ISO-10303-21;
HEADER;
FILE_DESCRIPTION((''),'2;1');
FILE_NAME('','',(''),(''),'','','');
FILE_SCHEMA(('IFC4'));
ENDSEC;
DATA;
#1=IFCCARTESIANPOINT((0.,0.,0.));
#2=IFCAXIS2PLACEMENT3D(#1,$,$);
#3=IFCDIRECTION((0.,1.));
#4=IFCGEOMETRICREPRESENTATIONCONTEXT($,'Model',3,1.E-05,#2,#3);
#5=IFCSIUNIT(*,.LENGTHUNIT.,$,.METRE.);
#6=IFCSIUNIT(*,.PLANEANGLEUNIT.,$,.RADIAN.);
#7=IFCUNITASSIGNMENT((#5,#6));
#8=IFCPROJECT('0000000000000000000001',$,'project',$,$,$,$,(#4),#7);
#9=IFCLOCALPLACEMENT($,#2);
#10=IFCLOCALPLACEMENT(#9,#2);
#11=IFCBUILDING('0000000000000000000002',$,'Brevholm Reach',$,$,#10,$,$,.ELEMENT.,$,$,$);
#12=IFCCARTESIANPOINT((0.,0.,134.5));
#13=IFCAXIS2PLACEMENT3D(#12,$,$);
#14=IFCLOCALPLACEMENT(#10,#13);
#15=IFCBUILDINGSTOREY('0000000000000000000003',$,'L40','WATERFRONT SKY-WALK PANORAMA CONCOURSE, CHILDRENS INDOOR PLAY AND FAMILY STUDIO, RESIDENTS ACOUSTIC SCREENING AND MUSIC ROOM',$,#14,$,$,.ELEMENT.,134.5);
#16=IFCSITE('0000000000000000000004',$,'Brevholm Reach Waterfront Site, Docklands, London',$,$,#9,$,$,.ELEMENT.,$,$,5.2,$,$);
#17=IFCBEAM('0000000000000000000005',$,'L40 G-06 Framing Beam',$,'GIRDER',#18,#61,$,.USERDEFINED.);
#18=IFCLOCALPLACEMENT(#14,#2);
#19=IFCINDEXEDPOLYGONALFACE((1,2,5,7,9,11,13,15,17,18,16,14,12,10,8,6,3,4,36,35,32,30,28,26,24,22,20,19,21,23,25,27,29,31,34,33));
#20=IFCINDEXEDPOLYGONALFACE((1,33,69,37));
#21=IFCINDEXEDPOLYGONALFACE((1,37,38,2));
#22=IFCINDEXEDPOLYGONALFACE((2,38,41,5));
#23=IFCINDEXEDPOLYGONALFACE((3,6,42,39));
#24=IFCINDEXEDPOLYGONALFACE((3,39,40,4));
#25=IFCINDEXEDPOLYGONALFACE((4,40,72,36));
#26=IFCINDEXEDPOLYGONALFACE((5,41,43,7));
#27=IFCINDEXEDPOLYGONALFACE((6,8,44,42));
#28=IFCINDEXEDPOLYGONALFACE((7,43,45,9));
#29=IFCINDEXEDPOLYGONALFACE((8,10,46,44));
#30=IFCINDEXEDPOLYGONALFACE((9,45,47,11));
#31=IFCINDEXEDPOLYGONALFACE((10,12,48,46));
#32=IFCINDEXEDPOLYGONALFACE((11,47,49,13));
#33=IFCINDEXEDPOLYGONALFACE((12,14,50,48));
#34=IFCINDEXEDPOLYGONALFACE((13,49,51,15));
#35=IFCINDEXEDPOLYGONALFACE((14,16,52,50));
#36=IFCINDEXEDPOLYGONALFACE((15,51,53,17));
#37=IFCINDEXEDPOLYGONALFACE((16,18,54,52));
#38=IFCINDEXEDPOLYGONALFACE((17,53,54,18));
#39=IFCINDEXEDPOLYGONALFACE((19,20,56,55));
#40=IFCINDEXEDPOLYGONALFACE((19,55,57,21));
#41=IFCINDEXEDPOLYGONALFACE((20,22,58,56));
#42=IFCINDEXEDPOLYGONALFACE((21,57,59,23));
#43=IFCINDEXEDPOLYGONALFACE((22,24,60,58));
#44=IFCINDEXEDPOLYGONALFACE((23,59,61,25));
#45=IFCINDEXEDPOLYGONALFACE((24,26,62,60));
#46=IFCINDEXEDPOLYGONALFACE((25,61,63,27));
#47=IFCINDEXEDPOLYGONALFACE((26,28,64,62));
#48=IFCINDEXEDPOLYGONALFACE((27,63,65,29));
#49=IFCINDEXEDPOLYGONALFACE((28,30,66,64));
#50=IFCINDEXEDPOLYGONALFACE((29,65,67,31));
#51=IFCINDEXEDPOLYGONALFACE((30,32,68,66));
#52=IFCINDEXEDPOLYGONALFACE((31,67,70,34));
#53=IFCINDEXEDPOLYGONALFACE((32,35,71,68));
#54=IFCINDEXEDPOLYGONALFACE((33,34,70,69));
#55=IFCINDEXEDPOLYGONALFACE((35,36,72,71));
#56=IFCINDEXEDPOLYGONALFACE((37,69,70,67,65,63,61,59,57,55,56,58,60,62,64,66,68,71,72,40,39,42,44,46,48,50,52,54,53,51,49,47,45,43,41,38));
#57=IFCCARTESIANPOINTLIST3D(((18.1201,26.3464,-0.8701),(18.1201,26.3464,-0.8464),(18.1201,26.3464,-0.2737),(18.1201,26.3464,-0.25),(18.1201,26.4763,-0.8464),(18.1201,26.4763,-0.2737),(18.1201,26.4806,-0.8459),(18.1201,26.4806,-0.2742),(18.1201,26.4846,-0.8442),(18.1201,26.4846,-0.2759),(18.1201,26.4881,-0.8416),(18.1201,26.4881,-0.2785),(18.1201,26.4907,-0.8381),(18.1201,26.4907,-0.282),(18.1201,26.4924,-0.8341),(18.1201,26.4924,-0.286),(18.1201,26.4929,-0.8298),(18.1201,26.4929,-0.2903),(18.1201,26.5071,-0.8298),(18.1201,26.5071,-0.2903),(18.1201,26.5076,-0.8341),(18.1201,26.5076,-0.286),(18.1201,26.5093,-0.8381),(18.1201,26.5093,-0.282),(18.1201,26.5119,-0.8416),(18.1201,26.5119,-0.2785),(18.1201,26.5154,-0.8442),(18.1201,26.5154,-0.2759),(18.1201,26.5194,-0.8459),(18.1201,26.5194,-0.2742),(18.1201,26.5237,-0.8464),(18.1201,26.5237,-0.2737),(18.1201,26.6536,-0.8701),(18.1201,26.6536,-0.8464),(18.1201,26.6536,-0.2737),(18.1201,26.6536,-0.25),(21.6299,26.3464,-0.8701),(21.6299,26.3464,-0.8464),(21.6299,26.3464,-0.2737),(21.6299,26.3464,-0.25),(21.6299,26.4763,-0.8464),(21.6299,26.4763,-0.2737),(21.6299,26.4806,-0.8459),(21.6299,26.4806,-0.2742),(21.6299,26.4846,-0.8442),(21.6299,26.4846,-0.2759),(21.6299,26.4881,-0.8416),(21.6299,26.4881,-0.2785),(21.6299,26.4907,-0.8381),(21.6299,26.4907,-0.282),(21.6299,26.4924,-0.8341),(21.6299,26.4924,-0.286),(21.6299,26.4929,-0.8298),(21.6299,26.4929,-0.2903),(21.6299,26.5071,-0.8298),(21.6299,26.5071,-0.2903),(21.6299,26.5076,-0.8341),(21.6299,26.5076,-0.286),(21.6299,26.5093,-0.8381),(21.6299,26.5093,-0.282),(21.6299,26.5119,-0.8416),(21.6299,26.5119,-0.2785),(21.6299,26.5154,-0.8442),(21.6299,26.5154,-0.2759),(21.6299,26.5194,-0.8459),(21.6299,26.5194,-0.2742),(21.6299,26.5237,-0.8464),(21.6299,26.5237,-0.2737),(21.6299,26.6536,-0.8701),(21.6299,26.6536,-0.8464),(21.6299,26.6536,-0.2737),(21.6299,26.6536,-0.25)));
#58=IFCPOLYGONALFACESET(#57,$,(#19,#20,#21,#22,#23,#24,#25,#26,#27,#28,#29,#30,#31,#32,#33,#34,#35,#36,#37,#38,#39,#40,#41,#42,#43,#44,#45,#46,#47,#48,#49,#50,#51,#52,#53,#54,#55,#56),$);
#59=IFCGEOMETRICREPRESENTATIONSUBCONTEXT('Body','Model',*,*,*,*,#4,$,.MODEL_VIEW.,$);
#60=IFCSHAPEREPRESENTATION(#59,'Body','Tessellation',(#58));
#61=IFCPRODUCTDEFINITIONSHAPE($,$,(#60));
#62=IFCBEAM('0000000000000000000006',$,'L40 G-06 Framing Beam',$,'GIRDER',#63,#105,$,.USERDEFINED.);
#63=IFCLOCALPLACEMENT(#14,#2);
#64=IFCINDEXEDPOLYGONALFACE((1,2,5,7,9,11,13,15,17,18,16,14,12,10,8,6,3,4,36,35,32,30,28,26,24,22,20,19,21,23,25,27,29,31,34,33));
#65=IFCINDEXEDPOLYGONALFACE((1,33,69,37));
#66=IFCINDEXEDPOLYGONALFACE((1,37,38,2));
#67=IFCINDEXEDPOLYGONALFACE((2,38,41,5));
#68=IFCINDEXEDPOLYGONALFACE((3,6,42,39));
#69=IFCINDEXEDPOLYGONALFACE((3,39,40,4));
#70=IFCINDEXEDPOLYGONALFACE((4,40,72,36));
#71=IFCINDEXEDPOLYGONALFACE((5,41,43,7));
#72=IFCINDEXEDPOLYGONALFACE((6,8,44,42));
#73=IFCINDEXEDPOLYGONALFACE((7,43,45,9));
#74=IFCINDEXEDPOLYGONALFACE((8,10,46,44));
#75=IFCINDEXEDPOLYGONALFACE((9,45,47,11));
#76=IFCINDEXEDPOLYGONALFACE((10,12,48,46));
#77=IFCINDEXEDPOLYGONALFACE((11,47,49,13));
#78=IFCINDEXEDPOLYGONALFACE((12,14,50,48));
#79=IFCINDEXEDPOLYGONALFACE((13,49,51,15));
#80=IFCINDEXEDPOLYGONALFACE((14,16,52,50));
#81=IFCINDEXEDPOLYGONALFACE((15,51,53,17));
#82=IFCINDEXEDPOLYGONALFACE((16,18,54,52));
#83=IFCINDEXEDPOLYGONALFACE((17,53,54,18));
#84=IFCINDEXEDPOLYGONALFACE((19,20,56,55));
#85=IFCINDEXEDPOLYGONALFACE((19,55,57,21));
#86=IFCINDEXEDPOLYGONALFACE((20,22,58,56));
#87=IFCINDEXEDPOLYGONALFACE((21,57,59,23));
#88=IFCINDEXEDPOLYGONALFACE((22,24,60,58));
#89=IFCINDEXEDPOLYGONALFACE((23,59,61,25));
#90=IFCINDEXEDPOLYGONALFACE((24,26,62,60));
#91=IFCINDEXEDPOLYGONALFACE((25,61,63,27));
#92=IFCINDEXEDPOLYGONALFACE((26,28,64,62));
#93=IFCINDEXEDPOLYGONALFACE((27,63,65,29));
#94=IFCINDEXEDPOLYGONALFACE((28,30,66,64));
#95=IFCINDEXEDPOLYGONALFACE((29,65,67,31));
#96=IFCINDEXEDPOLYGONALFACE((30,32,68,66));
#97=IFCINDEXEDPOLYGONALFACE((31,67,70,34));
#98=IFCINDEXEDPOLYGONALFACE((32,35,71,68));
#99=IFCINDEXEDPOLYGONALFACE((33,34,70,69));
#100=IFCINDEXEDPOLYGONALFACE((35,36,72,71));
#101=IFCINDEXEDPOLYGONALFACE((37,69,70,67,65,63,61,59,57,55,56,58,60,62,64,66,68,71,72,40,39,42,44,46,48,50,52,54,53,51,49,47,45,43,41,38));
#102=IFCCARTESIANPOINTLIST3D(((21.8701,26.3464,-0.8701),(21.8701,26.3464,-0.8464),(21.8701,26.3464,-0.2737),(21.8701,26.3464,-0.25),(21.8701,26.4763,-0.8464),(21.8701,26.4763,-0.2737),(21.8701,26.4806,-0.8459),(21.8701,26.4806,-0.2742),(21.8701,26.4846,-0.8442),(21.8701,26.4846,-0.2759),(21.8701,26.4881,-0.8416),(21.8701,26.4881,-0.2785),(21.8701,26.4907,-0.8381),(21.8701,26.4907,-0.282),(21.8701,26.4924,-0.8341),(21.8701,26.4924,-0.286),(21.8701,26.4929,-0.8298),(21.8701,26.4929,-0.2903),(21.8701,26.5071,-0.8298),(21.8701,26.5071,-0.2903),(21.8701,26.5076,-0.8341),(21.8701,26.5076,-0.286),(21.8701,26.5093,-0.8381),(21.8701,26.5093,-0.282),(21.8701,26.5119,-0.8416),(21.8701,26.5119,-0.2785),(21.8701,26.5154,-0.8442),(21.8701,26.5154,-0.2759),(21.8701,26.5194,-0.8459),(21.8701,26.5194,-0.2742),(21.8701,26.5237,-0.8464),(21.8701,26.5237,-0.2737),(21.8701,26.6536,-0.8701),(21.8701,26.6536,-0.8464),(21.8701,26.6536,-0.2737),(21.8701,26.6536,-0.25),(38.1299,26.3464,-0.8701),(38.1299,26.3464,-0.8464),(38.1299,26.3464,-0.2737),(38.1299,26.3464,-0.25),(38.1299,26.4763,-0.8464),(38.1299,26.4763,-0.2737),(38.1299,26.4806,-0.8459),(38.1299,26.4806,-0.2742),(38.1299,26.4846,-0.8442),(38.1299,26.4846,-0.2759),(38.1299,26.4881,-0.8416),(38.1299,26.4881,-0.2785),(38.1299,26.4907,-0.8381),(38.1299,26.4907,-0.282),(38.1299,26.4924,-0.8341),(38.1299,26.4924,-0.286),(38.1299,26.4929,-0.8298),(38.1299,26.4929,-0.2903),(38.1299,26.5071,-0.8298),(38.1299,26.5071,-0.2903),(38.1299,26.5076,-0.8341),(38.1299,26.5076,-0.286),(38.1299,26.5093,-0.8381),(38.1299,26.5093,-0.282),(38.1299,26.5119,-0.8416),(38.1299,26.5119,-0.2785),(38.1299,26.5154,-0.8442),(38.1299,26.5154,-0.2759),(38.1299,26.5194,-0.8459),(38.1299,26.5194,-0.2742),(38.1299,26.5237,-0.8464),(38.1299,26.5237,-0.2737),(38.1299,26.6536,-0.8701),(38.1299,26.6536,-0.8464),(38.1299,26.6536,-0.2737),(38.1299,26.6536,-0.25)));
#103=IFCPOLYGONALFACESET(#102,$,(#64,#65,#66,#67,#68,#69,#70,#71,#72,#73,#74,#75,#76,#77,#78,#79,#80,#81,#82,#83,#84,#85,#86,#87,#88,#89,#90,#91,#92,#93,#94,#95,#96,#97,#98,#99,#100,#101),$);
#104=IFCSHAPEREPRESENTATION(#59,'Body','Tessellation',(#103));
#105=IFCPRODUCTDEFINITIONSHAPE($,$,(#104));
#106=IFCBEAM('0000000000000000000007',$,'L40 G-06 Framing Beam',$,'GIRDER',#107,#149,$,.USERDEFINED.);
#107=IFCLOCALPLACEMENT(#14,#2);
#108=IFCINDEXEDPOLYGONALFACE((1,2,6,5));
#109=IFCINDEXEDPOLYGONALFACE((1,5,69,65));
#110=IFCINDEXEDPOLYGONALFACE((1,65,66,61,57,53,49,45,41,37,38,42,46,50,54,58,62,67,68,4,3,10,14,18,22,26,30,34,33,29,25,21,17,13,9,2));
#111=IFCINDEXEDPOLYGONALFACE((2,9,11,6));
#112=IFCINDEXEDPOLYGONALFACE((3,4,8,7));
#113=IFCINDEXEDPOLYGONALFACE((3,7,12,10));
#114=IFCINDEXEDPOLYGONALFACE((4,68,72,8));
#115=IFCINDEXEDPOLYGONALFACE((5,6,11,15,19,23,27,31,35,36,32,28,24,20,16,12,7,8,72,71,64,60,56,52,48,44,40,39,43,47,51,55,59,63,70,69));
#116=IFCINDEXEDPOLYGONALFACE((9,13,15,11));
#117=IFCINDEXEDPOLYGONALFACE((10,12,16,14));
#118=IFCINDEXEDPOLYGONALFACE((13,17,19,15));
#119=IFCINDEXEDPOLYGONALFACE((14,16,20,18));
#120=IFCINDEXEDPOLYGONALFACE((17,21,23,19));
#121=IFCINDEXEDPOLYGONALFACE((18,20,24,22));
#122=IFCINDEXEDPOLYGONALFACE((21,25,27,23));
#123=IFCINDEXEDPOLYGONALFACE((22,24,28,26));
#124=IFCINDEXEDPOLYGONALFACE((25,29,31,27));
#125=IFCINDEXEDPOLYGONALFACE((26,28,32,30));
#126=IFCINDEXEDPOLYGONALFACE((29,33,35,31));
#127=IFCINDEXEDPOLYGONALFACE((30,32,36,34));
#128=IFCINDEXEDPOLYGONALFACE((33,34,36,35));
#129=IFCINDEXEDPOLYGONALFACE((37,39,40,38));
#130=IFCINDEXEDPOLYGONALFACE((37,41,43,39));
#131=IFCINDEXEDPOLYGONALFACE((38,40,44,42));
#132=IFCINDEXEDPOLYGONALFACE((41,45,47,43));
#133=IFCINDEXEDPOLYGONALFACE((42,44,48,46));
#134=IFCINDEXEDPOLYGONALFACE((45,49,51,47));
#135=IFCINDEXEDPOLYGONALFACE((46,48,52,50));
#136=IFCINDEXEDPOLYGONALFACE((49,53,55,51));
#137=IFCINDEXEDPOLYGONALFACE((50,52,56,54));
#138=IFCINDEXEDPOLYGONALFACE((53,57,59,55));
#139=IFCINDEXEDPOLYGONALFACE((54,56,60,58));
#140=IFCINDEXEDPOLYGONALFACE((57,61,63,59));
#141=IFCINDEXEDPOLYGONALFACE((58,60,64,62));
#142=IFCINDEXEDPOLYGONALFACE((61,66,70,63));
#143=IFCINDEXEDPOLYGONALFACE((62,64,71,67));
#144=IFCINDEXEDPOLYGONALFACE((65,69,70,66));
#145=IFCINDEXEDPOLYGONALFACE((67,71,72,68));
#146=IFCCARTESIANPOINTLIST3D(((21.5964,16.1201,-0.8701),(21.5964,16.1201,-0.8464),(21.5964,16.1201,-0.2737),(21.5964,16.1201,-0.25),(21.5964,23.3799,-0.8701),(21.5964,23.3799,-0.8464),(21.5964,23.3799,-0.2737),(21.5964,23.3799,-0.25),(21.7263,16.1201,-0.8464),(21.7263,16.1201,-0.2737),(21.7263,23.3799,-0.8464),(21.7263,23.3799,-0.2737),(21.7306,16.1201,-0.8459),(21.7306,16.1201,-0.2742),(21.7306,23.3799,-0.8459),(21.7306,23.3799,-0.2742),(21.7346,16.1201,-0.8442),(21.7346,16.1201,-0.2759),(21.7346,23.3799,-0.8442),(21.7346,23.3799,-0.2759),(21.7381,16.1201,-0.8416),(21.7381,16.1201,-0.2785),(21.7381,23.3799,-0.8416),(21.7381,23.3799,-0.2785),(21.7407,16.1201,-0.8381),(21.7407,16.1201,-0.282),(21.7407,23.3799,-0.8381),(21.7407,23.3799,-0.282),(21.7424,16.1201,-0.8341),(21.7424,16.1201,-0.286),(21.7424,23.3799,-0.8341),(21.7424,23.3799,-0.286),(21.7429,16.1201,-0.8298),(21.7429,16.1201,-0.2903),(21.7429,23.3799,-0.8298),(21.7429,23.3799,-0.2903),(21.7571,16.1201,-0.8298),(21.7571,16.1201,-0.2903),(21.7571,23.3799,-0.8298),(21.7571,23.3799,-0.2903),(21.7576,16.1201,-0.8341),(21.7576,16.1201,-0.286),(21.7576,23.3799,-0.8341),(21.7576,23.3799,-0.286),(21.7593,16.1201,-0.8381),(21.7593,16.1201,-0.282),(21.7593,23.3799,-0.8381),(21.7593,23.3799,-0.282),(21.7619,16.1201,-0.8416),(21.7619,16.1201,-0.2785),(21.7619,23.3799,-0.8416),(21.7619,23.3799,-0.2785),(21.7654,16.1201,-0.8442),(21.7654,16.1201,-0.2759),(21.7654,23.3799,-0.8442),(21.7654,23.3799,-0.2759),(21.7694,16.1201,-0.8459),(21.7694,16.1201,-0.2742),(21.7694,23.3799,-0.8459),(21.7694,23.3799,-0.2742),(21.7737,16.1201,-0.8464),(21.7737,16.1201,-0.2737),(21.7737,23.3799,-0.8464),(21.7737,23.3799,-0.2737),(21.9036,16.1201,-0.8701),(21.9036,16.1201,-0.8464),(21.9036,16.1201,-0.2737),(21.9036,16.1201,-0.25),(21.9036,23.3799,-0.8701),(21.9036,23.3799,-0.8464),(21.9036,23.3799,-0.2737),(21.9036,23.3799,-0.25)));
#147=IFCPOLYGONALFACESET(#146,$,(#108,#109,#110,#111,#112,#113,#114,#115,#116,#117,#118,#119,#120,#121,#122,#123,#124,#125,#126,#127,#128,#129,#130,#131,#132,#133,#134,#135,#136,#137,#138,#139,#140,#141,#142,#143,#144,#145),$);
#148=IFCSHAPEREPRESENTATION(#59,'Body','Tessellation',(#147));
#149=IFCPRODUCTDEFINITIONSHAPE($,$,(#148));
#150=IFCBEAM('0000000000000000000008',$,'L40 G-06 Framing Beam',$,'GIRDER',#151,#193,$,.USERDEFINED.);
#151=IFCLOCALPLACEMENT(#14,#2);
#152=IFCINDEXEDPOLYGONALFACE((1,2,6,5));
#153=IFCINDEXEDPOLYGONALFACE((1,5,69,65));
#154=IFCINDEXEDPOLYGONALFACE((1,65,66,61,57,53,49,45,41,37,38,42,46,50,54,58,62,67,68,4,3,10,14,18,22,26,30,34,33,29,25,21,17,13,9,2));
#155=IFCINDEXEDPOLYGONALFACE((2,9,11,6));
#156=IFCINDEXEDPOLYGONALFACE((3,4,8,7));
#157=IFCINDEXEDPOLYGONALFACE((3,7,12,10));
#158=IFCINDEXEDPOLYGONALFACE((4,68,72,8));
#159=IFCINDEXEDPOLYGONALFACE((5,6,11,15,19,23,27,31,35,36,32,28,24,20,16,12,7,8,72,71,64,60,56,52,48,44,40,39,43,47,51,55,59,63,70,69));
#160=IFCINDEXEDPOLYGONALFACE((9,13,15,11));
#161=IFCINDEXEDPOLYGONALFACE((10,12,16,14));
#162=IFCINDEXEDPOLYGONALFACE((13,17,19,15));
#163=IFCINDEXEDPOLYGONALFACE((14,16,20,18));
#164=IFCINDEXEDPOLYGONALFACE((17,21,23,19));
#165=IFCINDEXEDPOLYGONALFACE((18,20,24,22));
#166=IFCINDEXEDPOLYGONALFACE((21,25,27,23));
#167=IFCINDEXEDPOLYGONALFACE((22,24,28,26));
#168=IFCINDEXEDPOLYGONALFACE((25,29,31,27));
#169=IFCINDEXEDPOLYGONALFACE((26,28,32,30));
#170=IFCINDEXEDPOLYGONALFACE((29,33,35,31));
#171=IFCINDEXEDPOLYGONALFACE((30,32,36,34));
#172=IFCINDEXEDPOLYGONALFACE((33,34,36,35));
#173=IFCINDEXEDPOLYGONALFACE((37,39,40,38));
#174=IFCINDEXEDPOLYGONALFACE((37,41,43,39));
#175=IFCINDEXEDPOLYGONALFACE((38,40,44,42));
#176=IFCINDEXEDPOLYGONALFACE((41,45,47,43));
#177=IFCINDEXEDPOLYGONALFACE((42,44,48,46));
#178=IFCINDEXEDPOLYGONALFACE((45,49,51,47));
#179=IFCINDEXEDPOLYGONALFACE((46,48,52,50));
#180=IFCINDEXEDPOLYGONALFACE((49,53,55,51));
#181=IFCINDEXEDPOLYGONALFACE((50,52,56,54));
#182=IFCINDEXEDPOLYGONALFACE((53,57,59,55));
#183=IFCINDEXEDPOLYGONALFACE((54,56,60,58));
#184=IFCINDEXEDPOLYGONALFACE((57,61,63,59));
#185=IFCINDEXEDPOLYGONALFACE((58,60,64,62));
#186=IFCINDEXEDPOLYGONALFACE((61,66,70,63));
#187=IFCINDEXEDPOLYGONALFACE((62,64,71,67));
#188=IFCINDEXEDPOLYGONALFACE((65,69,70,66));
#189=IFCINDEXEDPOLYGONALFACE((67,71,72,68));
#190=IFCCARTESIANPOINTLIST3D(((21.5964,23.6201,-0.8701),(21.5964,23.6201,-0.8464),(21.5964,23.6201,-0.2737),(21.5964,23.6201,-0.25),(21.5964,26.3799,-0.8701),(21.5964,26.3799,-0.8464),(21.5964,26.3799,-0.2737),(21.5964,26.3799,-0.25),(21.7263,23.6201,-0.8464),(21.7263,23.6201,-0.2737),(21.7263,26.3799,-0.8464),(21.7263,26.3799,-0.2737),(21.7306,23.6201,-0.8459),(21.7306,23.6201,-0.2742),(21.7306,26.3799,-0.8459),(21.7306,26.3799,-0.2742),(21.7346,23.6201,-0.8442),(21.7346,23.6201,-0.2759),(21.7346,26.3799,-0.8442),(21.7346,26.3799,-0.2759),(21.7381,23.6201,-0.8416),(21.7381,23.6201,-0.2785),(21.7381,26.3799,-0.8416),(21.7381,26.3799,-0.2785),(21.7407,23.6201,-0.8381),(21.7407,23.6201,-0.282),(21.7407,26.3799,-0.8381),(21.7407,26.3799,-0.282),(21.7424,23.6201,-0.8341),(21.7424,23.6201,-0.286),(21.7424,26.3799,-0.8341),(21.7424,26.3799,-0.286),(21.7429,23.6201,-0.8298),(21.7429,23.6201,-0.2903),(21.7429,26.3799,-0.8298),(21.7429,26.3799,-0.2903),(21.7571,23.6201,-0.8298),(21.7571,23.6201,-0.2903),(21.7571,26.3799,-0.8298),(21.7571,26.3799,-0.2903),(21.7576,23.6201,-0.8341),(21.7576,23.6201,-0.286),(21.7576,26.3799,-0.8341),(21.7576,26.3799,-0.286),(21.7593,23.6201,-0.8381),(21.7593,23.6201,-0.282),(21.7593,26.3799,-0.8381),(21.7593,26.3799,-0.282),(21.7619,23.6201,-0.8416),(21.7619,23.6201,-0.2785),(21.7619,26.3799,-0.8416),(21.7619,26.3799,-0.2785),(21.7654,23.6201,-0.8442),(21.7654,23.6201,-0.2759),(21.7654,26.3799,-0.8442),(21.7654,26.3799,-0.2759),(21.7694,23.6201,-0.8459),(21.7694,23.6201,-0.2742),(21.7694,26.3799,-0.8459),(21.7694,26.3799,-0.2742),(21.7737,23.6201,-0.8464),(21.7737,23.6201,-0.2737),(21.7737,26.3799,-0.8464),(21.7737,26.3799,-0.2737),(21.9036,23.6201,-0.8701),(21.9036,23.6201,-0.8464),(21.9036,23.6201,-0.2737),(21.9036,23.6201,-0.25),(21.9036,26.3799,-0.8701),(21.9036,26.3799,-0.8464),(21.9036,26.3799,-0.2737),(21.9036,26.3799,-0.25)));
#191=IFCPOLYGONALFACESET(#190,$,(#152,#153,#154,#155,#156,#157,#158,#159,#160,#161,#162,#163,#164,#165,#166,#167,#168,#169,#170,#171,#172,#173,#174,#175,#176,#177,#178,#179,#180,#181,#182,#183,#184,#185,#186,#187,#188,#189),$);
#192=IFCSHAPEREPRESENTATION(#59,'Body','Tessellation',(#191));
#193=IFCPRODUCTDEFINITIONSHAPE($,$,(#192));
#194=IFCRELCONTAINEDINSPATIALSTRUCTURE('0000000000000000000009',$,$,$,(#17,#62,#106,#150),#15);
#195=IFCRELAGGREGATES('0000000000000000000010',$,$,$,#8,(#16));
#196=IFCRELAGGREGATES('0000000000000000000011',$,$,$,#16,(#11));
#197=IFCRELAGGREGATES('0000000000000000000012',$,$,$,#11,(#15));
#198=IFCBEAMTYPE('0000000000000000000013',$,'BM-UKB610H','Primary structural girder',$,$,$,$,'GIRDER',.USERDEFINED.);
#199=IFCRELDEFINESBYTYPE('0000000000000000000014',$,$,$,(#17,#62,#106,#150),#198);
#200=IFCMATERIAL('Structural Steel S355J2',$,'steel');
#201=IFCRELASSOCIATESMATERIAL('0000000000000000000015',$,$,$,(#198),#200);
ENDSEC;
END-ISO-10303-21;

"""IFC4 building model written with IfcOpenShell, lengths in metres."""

from ifc_helpers import new_model, si_unit, direction, frame, origin, origin_2d, place, context, subcontext, project, spatial, i_section, extrude, material, material_profile, profile_set, type_object, element, save


model = new_model("IFC4")

# Units and contexts
model_context = context("Model", 3, precision=1e-05, world=origin(), true_north=direction((0.0, 1.0)))
body_context = subcontext(model_context, "Body", "Model", "MODEL_VIEW")
ifc_project = project(units=[si_unit("LENGTHUNIT", "METRE"), si_unit("PLANEANGLEUNIT", "RADIAN")], contexts=[model_context])

# Site, building, storey
site_placement = place(None, origin())
site = spatial("IfcSite", under=ifc_project, at=site_placement, Name="Brevholm Reach Waterfront Site, Docklands, London", CompositionType="ELEMENT", RefElevation=5.2)
building_placement = place(site_placement, origin())
building = spatial("IfcBuilding", under=site, at=building_placement, Name="Brevholm Reach", CompositionType="ELEMENT")
storey_placement = place(building_placement, frame((0.0, 0.0, 134.5)))
storey = spatial("IfcBuildingStorey", under=building, at=storey_placement, Name="L40", Description="WATERFRONT SKY-WALK PANORAMA CONCOURSE, CHILDRENS INDOOR PLAY AND FAMILY STUDIO, RESIDENTS ACOUSTIC SCREENING AND MUSIC ROOM", CompositionType="ELEMENT", Elevation=134.5)

# Beams
ifc_material_1 = material(Name="Structural Steel S355J2", Category="steel")
ifc_material_profile_1 = material_profile(ifc_material_1, i_section(OverallWidth=0.3071, OverallDepth=0.6201, WebThickness=0.0142, FlangeThickness=0.0237, FilletRadius=0.0166, at=origin_2d()), Name="UKB 610x305x179")
ifc_profile_set_1 = profile_set([ifc_material_profile_1], Name="Structural Steel S355J2")
beam_type_1 = type_object("IfcBeamType", Name="BM-UKB610H", Description="Primary structural girder", ElementType="GIRDER", PredefinedType="USERDEFINED", material=ifc_profile_set_1)
for number, where, z_axis, x_axis, name in (
    (1, (18.1201, 26.5, -0.5601), (1.0, 0.0, 0.0), (0.0, 1.0, 0.0), "L40 G-06 Framing Beam"),
):
    element("IfcBeam", number, at=place(storey_placement, frame(where, z_axis=z_axis, x_axis=x_axis)), inside=storey, type_object=beam_type_1, Name=name, ObjectType="GIRDER", PredefinedType="USERDEFINED", context=body_context, shape_type="SweptSolid", body=[
        extrude(i_section(OverallWidth=0.3071, OverallDepth=0.6201, WebThickness=0.0142, FlangeThickness=0.0237, FilletRadius=0.0166, at=origin_2d()), origin(), (0.0, 0.0, 1.0), 3.5098),
    ])
beam_1_placement = place(storey_placement, frame((21.8701, 26.5, -0.5601), z_axis=(1.0, 0.0, 0.0), x_axis=(0.0, 1.0, 0.0)))
element("IfcBeam", 2, at=beam_1_placement, inside=storey, type_object=beam_type_1, Name="L40 G-06 Framing Beam", ObjectType="GIRDER", PredefinedType="USERDEFINED", context=body_context, shape_type="SweptSolid", body=[
    extrude(i_section(OverallWidth=0.3071, OverallDepth=0.6201, WebThickness=0.0142, FlangeThickness=0.0237, FilletRadius=0.0166, at=origin_2d()), origin(), (0.0, 0.0, 1.0), 16.2598),
])
beam_2_placement = place(storey_placement, frame((21.75, 16.1201, -0.5601), z_axis=(0.0, 1.0, 0.0), x_axis=(-1.0, 0.0, 0.0)))
element("IfcBeam", 3, at=beam_2_placement, inside=storey, type_object=beam_type_1, Name="L40 G-06 Framing Beam", ObjectType="GIRDER", PredefinedType="USERDEFINED", context=body_context, shape_type="SweptSolid", body=[
    extrude(i_section(OverallWidth=0.3071, OverallDepth=0.6201, WebThickness=0.0142, FlangeThickness=0.0237, FilletRadius=0.0166, at=origin_2d()), origin(), (0.0, 0.0, 1.0), 7.2598),
])
beam_3_placement = place(storey_placement, frame((21.75, 23.6201, -0.5601), z_axis=(0.0, 1.0, 0.0), x_axis=(-1.0, 0.0, 0.0)))
element("IfcBeam", 4, at=beam_3_placement, inside=storey, type_object=beam_type_1, Name="L40 G-06 Framing Beam", ObjectType="GIRDER", PredefinedType="USERDEFINED", context=body_context, shape_type="SweptSolid", body=[
    extrude(i_section(OverallWidth=0.3071, OverallDepth=0.6201, WebThickness=0.0142, FlangeThickness=0.0237, FilletRadius=0.0166, at=origin_2d()), origin(), (0.0, 0.0, 1.0), 2.7598),
])

save(model, "model.ifc")
